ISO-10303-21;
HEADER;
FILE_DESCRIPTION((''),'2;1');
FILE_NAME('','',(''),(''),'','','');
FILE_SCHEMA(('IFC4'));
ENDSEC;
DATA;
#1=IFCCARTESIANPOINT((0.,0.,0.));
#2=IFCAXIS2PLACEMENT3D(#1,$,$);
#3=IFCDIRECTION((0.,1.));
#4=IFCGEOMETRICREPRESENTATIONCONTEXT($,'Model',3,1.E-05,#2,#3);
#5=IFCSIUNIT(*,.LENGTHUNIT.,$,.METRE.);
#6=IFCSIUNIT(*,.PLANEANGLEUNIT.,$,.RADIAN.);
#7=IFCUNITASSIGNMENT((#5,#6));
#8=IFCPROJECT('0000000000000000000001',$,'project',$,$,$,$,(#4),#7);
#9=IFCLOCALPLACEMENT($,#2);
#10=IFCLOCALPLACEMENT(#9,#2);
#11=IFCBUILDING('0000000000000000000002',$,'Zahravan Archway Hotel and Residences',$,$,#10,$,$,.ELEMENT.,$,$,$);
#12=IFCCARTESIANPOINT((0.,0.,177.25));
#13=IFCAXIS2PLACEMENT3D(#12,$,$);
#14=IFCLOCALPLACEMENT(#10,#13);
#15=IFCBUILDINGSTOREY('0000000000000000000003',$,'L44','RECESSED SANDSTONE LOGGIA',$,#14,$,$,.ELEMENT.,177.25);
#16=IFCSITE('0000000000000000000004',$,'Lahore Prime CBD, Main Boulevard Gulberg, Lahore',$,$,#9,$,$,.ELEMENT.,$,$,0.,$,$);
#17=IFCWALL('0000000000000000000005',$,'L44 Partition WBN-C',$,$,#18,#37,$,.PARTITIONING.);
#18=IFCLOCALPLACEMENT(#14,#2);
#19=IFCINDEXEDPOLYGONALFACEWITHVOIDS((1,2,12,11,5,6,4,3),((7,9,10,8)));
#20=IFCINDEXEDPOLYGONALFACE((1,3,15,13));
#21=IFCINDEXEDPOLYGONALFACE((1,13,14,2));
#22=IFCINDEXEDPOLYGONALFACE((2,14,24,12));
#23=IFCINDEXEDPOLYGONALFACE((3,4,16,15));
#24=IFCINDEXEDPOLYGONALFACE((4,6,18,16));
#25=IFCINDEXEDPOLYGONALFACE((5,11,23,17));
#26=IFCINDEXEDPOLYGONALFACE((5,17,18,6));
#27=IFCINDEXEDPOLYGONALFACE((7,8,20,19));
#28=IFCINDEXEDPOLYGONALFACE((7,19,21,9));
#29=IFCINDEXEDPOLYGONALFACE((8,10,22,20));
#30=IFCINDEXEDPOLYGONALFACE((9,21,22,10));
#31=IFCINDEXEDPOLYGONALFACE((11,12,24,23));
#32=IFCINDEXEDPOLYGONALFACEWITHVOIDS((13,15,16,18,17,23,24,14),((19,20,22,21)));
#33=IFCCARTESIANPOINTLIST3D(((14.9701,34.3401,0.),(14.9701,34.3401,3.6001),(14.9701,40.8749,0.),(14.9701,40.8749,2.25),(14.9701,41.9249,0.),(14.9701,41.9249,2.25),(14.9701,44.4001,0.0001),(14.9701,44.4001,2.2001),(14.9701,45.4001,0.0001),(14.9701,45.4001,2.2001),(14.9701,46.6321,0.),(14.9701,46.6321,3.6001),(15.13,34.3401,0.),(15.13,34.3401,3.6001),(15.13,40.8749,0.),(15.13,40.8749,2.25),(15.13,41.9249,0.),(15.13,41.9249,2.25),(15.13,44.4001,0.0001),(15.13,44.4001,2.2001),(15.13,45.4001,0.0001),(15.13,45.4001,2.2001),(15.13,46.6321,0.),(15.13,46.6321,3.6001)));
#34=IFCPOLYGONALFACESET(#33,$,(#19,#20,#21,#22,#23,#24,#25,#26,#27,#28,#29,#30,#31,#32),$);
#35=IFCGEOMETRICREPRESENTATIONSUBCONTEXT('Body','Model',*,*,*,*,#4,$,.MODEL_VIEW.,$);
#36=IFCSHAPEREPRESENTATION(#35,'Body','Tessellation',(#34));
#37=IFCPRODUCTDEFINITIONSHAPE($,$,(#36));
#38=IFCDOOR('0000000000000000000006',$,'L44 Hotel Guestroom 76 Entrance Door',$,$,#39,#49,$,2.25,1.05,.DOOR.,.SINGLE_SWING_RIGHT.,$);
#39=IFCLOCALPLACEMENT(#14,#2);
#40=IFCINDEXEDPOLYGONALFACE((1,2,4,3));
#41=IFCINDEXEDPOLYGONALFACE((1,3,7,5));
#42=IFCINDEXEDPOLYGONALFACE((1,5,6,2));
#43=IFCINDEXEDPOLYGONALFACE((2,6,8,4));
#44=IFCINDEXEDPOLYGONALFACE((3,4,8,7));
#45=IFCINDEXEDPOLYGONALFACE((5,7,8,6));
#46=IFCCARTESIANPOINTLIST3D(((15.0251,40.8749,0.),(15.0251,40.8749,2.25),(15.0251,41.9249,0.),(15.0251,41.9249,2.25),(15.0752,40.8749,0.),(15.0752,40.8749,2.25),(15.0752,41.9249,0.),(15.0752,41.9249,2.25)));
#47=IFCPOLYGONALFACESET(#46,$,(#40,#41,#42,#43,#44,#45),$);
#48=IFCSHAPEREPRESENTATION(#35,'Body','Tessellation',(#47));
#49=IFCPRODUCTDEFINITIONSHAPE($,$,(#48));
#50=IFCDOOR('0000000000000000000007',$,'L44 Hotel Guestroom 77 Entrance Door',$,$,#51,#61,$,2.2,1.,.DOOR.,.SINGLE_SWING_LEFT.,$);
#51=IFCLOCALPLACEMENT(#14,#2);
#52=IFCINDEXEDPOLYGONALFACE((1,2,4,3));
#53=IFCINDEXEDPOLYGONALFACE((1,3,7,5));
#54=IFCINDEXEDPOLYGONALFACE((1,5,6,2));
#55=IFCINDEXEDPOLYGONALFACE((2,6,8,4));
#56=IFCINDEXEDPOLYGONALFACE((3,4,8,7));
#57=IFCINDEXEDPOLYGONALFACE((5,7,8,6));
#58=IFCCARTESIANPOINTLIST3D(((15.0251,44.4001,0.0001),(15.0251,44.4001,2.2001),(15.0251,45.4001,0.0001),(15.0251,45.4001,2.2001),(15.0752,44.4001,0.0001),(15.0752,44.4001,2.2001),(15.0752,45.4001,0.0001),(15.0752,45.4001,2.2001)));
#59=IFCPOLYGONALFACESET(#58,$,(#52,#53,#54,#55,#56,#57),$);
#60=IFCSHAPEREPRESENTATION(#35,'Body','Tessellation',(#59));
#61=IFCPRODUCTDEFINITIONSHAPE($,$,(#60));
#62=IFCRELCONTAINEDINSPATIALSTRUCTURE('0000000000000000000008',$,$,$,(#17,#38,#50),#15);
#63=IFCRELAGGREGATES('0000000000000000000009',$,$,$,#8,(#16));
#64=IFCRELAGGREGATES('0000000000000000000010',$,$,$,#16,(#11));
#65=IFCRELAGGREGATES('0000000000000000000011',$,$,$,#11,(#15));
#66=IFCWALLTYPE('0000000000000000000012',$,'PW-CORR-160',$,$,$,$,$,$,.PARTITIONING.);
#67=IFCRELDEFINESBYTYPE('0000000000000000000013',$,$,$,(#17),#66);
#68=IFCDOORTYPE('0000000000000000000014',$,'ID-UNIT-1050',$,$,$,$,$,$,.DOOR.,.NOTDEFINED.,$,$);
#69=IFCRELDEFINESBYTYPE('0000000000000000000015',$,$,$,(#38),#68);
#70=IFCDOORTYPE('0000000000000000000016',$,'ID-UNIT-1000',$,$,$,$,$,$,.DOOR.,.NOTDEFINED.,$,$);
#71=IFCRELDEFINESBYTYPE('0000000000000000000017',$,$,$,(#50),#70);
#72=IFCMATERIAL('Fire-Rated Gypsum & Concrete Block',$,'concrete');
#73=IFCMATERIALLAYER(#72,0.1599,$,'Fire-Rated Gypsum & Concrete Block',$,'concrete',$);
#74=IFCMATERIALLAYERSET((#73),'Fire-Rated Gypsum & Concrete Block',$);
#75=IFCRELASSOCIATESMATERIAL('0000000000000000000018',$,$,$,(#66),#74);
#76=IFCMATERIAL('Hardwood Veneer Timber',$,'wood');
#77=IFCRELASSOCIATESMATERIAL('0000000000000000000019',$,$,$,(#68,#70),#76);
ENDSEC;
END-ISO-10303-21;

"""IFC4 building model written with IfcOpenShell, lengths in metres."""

from ifc_helpers import new_model, si_unit, direction, frame, frame_2d, origin, place, context, subcontext, project, spatial, rectangle, extrude, source, transform, mapped, material, layer, layer_set, type_object, type_shapes, element, fill, save


model = new_model("IFC4")

# Units and contexts
model_context = context("Model", 3, precision=1e-05, world=origin(), true_north=direction((0.0, 1.0)))
body_context = subcontext(model_context, "Body", "Model", "MODEL_VIEW")
ifc_project = project(units=[si_unit("LENGTHUNIT", "METRE"), si_unit("PLANEANGLEUNIT", "RADIAN")], contexts=[model_context])

# Site, building, storey
site_placement = place(None, origin())
site = spatial("IfcSite", under=ifc_project, at=site_placement, Name="Lahore Prime CBD, Main Boulevard Gulberg, Lahore", CompositionType="ELEMENT", RefElevation=0.0)
building_placement = place(site_placement, origin())
building = spatial("IfcBuilding", under=site, at=building_placement, Name="Zahravan Archway Hotel and Residences", CompositionType="ELEMENT")
storey_placement = place(building_placement, frame((0.0, 0.0, 177.25)))
storey = spatial("IfcBuildingStorey", under=building, at=storey_placement, Name="L44", Description="RECESSED SANDSTONE LOGGIA", CompositionType="ELEMENT", Elevation=177.25)

# Wall, openings, doors
ifc_material_1 = material(Name="Fire-Rated Gypsum & Concrete Block", Category="concrete")
ifc_layer_1 = layer(ifc_material_1, 0.1599, Name="Fire-Rated Gypsum & Concrete Block", Category="concrete")
ifc_layer_set_1 = layer_set([ifc_layer_1], Name="Fire-Rated Gypsum & Concrete Block")
wall_type = type_object("IfcWallType", Name="PW-CORR-160", PredefinedType="PARTITIONING", material=ifc_layer_set_1)
wall_placement = place(storey_placement, frame((15.05, 34.3401, 0.0), z_axis=(0.0, 0.0, 1.0), x_axis=(0.0, 1.0, 0.0)))
wall = element("IfcWall", 1, at=wall_placement, inside=storey, type_object=wall_type, Name="L44 Partition WBN-C", PredefinedType="PARTITIONING", context=body_context, shape_type="SweptSolid", body=[
    extrude(rectangle(XDim=12.292, YDim=0.1599, at=frame_2d((6.146, 0.0))), origin(), (0.0, 0.0, 1.0), 3.6001),
])
opening_1_placement = place(wall_placement, frame((6.5349, 0.0, 0.0)))
opening_1 = element("IfcOpeningElement", 2, at=opening_1_placement, cuts=wall, PredefinedType="OPENING", context=body_context, shape_type="SweptSolid", body=[
    extrude(rectangle(XDim=1.05, YDim=2.25, at=frame_2d((0.5249, 1.125))), frame((0.0, 0.0898, 0.0), z_axis=(0.0, -1.0, 0.0), x_axis=(1.0, 0.0, 0.0)), (0.0, 0.0, 1.0), 0.1799),
])
opening_2_placement = place(wall_placement, frame((10.0601, 0.0, 0.0)))
opening_2 = element("IfcOpeningElement", 3, at=opening_2_placement, cuts=wall, PredefinedType="OPENING", context=body_context, shape_type="SweptSolid", body=[
    extrude(rectangle(XDim=1.0, YDim=2.2, at=frame_2d((0.5, 1.1001))), frame((0.0, 0.0898, 0.0), z_axis=(0.0, -1.0, 0.0), x_axis=(1.0, 0.0, 0.0)), (0.0, 0.0, 1.0), 0.1799),
])
ifc_material_2 = material(Name="Hardwood Veneer Timber", Category="wood")
door_type_1 = type_object("IfcDoorType", Name="ID-UNIT-1050", OperationType="NOTDEFINED", PredefinedType="DOOR", material=ifc_material_2)
shared_shape_1 = source(origin(), body_context, "Body", "SweptSolid", [
    extrude(rectangle(XDim=1.05, YDim=2.25, at=frame_2d((0.5249, 1.125))), frame((0.0, 0.0249, 0.0), z_axis=(0.0, -1.0, 0.0), x_axis=(1.0, 0.0, 0.0)), (0.0, 0.0, 1.0), 0.05),
])
type_shapes(door_type_1, [shared_shape_1])
door_1_placement = place(opening_1_placement, origin())
door_1 = element("IfcDoor", 4, at=door_1_placement, inside=storey, type_object=door_type_1, Name="L44 Hotel Guestroom 76 Entrance Door", OperationType="SINGLE_SWING_RIGHT", OverallHeight=2.25, OverallWidth=1.05, PredefinedType="DOOR", context=body_context, shape_type="MappedRepresentation", body=[
    mapped(shared_shape_1, transform((0.0, 0.0, 0.0), scale=1.0)),
])
fill(opening_1, door_1)
door_type_2 = type_object("IfcDoorType", Name="ID-UNIT-1000", OperationType="NOTDEFINED", PredefinedType="DOOR", material=ifc_material_2)
shared_shape_2 = source(origin(), body_context, "Body", "SweptSolid", [
    extrude(rectangle(XDim=1.0, YDim=2.2, at=frame_2d((0.5, 1.1001))), frame((0.0, 0.0249, 0.0), z_axis=(0.0, -1.0, 0.0), x_axis=(1.0, 0.0, 0.0)), (0.0, 0.0, 1.0), 0.05),
])
type_shapes(door_type_2, [shared_shape_2])
door_2_placement = place(opening_2_placement, origin())
door_2 = element("IfcDoor", 5, at=door_2_placement, inside=storey, type_object=door_type_2, Name="L44 Hotel Guestroom 77 Entrance Door", OperationType="SINGLE_SWING_LEFT", OverallHeight=2.2, OverallWidth=1.0, PredefinedType="DOOR", context=body_context, shape_type="MappedRepresentation", body=[
    mapped(shared_shape_2, transform((0.0, 0.0, 0.0), scale=1.0)),
])
fill(opening_2, door_2)

save(model, "model.ifc")
